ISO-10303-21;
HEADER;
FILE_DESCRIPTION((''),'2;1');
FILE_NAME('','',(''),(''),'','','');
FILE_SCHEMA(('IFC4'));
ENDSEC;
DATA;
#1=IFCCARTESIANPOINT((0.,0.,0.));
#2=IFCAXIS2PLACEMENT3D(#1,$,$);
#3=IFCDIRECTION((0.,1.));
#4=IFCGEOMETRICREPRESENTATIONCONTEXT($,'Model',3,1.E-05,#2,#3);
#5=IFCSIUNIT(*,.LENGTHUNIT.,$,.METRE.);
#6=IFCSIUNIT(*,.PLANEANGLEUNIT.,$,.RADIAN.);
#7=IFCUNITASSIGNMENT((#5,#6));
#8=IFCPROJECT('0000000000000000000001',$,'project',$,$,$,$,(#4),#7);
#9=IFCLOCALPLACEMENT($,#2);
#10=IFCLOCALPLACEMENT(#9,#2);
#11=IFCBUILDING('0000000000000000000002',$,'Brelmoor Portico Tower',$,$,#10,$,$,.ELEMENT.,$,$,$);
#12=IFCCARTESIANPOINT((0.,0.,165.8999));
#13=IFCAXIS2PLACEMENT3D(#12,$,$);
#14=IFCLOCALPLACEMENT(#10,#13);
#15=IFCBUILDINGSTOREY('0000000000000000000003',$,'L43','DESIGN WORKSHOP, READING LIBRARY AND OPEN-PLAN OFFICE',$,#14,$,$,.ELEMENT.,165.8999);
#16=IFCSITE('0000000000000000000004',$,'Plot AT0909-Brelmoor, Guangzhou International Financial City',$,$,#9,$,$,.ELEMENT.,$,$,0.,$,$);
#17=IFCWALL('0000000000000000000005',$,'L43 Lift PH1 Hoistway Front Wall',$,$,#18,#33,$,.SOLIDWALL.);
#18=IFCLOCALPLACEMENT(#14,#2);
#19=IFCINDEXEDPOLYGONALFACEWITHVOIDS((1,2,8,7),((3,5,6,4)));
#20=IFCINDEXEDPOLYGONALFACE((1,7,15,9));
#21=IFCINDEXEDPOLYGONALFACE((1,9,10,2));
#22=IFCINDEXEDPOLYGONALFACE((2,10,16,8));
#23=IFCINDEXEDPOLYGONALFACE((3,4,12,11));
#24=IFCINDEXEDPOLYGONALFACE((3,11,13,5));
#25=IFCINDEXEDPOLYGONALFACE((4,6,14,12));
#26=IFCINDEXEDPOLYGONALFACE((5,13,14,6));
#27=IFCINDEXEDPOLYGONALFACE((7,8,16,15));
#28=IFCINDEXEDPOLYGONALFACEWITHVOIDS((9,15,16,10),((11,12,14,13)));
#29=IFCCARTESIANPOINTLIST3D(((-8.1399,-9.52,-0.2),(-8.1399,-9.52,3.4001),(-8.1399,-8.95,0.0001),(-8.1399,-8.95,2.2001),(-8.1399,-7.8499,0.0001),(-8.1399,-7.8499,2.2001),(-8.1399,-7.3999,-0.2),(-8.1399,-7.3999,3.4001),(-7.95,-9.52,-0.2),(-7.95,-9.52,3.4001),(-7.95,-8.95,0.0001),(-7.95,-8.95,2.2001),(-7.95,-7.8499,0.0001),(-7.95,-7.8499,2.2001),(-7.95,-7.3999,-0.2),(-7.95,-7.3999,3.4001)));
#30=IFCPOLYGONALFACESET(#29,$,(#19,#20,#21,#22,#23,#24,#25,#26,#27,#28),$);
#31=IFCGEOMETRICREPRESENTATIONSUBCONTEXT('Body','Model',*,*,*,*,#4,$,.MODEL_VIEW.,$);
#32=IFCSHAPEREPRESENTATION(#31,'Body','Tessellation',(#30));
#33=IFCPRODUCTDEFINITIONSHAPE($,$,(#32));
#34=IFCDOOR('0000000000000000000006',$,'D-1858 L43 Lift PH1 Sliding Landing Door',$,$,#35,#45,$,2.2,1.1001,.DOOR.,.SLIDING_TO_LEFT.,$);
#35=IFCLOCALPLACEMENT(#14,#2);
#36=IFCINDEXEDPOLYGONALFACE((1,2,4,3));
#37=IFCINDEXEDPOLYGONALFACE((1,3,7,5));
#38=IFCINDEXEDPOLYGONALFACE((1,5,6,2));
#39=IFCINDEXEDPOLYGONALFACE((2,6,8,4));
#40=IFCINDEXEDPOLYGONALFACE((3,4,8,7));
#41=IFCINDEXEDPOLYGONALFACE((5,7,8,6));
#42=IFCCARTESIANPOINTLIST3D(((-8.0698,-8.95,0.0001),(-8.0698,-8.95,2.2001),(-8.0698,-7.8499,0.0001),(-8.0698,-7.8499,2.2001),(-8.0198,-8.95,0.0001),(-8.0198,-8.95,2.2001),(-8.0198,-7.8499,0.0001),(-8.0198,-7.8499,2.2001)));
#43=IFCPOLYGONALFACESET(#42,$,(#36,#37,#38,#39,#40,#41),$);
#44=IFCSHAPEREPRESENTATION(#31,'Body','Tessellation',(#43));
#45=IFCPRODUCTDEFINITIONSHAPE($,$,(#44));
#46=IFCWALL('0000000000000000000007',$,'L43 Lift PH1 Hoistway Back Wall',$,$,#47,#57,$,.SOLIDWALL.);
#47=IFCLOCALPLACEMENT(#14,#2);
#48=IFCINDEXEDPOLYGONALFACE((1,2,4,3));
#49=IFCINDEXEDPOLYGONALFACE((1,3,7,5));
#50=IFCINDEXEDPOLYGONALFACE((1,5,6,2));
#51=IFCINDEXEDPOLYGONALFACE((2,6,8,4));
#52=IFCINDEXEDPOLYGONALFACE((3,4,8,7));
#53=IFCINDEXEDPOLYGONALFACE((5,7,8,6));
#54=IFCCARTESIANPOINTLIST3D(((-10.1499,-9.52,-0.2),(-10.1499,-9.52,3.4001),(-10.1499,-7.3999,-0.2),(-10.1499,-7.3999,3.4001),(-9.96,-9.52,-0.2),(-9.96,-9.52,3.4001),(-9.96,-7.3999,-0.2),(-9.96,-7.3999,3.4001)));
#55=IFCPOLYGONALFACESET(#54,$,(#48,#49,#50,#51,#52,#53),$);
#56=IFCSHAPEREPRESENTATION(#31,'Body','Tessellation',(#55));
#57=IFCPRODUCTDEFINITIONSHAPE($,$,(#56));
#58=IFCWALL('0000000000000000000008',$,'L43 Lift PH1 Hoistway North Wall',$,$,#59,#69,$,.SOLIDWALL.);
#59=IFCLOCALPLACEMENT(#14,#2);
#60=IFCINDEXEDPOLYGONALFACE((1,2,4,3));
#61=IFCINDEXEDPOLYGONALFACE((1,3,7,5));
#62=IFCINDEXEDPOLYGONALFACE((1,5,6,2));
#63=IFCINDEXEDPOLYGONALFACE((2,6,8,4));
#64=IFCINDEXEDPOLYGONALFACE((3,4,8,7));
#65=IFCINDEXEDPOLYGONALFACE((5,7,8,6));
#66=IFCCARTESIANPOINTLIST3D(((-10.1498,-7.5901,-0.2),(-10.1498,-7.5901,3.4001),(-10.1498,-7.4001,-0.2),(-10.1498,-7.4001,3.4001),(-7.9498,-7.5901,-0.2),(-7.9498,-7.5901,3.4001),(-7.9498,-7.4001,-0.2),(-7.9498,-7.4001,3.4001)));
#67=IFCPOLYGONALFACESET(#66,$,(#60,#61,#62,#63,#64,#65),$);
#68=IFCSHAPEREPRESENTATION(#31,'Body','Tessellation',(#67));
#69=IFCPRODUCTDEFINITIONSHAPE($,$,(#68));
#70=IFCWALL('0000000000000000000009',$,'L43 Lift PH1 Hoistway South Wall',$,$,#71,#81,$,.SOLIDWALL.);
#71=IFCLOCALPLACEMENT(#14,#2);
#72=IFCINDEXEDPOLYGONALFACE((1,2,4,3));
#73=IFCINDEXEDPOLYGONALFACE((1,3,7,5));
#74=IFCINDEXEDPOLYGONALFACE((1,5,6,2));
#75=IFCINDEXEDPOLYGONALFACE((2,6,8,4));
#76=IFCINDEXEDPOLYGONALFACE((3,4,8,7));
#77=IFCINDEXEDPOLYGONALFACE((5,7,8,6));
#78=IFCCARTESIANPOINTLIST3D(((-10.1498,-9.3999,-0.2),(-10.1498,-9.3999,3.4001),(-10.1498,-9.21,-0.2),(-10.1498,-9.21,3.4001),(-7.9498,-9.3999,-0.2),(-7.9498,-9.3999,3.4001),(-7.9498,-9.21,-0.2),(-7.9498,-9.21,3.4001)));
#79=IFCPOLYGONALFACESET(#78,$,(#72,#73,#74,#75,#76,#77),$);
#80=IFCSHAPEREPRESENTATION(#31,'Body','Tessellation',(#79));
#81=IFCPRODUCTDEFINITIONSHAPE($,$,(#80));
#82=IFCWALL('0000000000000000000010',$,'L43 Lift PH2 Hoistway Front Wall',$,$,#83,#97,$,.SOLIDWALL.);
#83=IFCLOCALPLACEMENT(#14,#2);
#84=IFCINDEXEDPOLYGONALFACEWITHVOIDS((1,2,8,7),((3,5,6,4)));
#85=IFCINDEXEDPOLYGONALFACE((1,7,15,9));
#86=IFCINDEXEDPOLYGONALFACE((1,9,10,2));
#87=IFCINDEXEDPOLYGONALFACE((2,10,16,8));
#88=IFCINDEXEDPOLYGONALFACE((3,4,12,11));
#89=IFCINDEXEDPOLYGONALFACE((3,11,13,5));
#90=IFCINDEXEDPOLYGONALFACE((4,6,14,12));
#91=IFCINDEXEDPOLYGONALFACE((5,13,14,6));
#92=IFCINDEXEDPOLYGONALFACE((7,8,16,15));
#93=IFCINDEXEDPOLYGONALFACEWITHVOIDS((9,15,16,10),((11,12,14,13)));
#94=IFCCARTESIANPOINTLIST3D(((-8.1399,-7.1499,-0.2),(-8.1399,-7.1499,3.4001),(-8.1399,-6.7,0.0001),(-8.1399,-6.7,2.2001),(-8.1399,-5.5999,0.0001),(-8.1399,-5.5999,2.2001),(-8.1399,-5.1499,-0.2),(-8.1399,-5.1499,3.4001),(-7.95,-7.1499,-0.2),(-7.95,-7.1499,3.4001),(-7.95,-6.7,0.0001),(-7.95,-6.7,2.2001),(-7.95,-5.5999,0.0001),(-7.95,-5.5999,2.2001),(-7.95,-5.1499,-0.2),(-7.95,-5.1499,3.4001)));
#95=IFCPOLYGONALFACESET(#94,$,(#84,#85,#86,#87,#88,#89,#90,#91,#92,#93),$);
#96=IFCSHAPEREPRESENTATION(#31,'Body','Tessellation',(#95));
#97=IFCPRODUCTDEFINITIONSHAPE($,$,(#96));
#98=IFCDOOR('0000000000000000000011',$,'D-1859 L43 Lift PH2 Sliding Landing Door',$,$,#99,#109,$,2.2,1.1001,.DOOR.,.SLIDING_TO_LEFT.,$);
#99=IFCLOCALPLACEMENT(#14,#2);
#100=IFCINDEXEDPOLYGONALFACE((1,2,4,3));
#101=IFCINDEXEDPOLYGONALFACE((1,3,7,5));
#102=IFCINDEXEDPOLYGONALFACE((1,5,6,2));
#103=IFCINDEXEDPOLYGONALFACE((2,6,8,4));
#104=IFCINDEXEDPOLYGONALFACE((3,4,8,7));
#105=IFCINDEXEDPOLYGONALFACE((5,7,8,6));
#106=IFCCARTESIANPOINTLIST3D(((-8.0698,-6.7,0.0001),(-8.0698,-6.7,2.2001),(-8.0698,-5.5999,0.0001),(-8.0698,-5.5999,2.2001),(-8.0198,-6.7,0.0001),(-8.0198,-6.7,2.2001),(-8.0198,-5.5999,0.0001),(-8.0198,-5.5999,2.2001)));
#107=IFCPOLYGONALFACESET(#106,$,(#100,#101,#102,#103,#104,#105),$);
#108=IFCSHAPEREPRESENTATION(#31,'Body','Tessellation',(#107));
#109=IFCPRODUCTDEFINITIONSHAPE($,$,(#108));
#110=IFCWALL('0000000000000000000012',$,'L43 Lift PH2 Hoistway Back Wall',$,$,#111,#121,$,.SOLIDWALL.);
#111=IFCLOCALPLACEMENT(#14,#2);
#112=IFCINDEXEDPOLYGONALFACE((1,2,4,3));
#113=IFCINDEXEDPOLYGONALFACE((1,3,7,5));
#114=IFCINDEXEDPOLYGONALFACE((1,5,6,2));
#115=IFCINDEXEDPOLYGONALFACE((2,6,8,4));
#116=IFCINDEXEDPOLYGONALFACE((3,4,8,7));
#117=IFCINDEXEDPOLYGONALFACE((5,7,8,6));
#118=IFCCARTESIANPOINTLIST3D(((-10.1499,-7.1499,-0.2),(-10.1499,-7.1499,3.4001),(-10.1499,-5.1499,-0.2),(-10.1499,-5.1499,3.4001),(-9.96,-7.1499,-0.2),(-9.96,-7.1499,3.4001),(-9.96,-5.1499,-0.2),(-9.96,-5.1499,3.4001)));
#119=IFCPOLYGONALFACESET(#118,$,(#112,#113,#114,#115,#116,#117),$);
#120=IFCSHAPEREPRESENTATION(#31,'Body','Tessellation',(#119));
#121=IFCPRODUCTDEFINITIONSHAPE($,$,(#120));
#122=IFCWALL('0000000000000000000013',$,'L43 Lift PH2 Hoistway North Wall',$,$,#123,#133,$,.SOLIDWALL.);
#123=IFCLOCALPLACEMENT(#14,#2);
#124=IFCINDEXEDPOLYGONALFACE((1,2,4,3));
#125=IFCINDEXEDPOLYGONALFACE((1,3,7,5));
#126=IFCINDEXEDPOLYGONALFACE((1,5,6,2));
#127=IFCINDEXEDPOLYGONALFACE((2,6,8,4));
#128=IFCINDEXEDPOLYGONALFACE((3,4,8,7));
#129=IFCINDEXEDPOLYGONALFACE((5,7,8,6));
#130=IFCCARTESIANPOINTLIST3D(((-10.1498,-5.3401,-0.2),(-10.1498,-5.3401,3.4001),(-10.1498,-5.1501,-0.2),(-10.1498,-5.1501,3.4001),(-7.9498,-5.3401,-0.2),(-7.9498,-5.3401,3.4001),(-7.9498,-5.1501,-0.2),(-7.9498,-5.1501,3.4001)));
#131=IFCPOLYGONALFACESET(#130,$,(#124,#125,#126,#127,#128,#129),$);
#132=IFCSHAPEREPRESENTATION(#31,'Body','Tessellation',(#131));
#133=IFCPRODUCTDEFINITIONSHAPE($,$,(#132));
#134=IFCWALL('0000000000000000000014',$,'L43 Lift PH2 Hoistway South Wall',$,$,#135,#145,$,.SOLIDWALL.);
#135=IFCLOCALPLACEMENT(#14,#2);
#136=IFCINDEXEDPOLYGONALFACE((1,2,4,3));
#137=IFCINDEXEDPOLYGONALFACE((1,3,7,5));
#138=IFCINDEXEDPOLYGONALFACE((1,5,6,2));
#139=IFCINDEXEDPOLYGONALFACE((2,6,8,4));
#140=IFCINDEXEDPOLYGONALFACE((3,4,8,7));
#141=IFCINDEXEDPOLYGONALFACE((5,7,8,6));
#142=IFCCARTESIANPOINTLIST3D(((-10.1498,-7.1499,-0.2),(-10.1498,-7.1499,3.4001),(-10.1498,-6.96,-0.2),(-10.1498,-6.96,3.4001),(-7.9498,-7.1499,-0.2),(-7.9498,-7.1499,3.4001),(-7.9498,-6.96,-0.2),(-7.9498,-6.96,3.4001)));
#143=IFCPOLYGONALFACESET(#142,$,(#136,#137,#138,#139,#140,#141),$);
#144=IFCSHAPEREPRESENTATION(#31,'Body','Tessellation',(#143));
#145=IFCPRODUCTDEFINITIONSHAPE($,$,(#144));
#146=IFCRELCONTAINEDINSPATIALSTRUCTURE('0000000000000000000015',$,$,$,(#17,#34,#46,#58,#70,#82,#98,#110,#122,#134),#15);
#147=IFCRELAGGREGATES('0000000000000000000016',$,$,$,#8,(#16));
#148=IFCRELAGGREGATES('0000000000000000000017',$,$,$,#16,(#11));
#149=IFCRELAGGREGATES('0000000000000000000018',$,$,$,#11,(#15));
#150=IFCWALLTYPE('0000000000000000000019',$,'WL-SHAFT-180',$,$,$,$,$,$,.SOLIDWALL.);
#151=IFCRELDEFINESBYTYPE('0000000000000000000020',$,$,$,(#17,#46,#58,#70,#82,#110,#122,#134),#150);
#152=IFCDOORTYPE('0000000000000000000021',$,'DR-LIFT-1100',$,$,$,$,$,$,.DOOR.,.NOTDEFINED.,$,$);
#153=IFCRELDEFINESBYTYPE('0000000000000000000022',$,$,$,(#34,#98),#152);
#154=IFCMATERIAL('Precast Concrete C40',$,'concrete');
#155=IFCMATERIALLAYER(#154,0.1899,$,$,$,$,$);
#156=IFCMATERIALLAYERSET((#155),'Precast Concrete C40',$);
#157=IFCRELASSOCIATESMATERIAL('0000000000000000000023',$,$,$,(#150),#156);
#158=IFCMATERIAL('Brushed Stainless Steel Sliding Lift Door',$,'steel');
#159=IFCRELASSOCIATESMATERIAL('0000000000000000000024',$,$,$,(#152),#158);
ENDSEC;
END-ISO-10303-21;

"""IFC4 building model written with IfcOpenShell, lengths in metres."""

from ifc_helpers import new_model, si_unit, direction, frame, frame_2d, origin, place, context, subcontext, project, spatial, rectangle, extrude, material, layer, layer_set, type_object, element, fill, save


model = new_model("IFC4")

# Units and contexts
model_context = context("Model", 3, precision=1e-05, world=origin(), true_north=direction((0.0, 1.0)))
body_context = subcontext(model_context, "Body", "Model", "MODEL_VIEW")
ifc_project = project(units=[si_unit("LENGTHUNIT", "METRE"), si_unit("PLANEANGLEUNIT", "RADIAN")], contexts=[model_context])

# Site, building, storey
site_placement = place(None, origin())
site = spatial("IfcSite", under=ifc_project, at=site_placement, Name="Plot AT0909-Brelmoor, Guangzhou International Financial City", CompositionType="ELEMENT", RefElevation=0.0)
building_placement = place(site_placement, origin())
building = spatial("IfcBuilding", under=site, at=building_placement, Name="Brelmoor Portico Tower", CompositionType="ELEMENT")
storey_placement = place(building_placement, frame((0.0, 0.0, 165.8999)))
storey = spatial("IfcBuildingStorey", under=building, at=storey_placement, Name="L43", Description="DESIGN WORKSHOP, READING LIBRARY AND OPEN-PLAN OFFICE", CompositionType="ELEMENT", Elevation=165.8999)

# Wall, opening, door
ifc_material_1 = material(Name="Precast Concrete C40", Category="concrete")
ifc_layer_1 = layer(ifc_material_1, 0.1899)
ifc_layer_set_1 = layer_set([ifc_layer_1], Name="Precast Concrete C40")
wall_type_1 = type_object("IfcWallType", Name="WL-SHAFT-180", PredefinedType="SOLIDWALL", material=ifc_layer_set_1)
wall_1_placement = place(storey_placement, frame((-8.0449, -9.52, -0.2), z_axis=(0.0, 0.0, 1.0), x_axis=(0.0, 1.0, 0.0)))
wall_1 = element("IfcWall", 1, at=wall_1_placement, inside=storey, type_object=wall_type_1, Name="L43 Lift PH1 Hoistway Front Wall", PredefinedType="SOLIDWALL", context=body_context, shape_type="SweptSolid", body=[
    extrude(rectangle(XDim=2.1201, YDim=0.1899, at=frame_2d((1.0601, 0.0))), origin(), (0.0, 0.0, 1.0), 3.6001),
])
opening_1_placement = place(wall_1_placement, frame((0.5701, 0.0, 0.2)))
opening_1 = element("IfcOpeningElement", 2, at=opening_1_placement, cuts=wall_1, PredefinedType="OPENING", context=body_context, shape_type="SweptSolid", body=[
    extrude(rectangle(XDim=1.1001, YDim=2.2, at=frame_2d((0.55, 1.1001))), frame((0.0, 0.105, 0.0), z_axis=(0.0, -1.0, 0.0), x_axis=(1.0, 0.0, 0.0)), (0.0, 0.0, 1.0), 0.21),
])
ifc_material_2 = material(Name="Brushed Stainless Steel Sliding Lift Door", Category="steel")
door_type_1 = type_object("IfcDoorType", Name="DR-LIFT-1100", OperationType="NOTDEFINED", PredefinedType="DOOR", material=ifc_material_2)
door_1_placement = place(opening_1_placement, origin())
door_1 = element("IfcDoor", 3, at=door_1_placement, inside=storey, type_object=door_type_1, Name="D-1858 L43 Lift PH1 Sliding Landing Door", OperationType="SLIDING_TO_LEFT", OverallHeight=2.2, OverallWidth=1.1001, PredefinedType="DOOR", context=body_context, shape_type="SweptSolid", body=[
    extrude(rectangle(XDim=1.1001, YDim=2.2, at=frame_2d((0.55, 1.1001))), frame((0.0, 0.0249, 0.0), z_axis=(0.0, -1.0, 0.0), x_axis=(1.0, 0.0, 0.0)), (0.0, 0.0, 1.0), 0.05),
])
fill(opening_1, door_1)

# Walls
wall_2_placement = place(storey_placement, frame((-10.0549, -9.52, -0.2), z_axis=(0.0, 0.0, 1.0), x_axis=(0.0, 1.0, 0.0)))
element("IfcWall", 4, at=wall_2_placement, inside=storey, type_object=wall_type_1, Name="L43 Lift PH1 Hoistway Back Wall", PredefinedType="SOLIDWALL", context=body_context, shape_type="SweptSolid", body=[
    extrude(rectangle(XDim=2.1201, YDim=0.1899, at=frame_2d((1.0601, 0.0))), origin(), (0.0, 0.0, 1.0), 3.6001),
])
for number, where, z_axis, x_axis, name in (
    (5, (-10.1499, -7.4951, -0.2), (0.0, 0.0, 1.0), (1.0, 0.0, 0.0), "L43 Lift PH1 Hoistway North Wall"),
    (6, (-10.1499, -9.3049, -0.2), (0.0, 0.0, 1.0), (1.0, 0.0, 0.0), "L43 Lift PH1 Hoistway South Wall"),
):
    element("IfcWall", number, at=place(storey_placement, frame(where, z_axis=z_axis, x_axis=x_axis)), inside=storey, type_object=wall_type_1, Name=name, PredefinedType="SOLIDWALL", context=body_context, shape_type="SweptSolid", body=[
        extrude(rectangle(XDim=2.2, YDim=0.1899, at=frame_2d((1.1001, 0.0))), origin(), (0.0, 0.0, 1.0), 3.6001),
    ])

# Wall, opening, door
wall_3_placement = place(storey_placement, frame((-8.0449, -7.1499, -0.2), z_axis=(0.0, 0.0, 1.0), x_axis=(0.0, 1.0, 0.0)))
wall_3 = element("IfcWall", 7, at=wall_3_placement, inside=storey, type_object=wall_type_1, Name="L43 Lift PH2 Hoistway Front Wall", PredefinedType="SOLIDWALL", context=body_context, shape_type="SweptSolid", body=[
    extrude(rectangle(XDim=2.0, YDim=0.1899, at=frame_2d((1.0, 0.0))), origin(), (0.0, 0.0, 1.0), 3.6001),
])
opening_2_placement = place(wall_3_placement, frame((0.45, 0.0, 0.2)))
opening_2 = element("IfcOpeningElement", 8, at=opening_2_placement, cuts=wall_3, PredefinedType="OPENING", context=body_context, shape_type="SweptSolid", body=[
    extrude(rectangle(XDim=1.1001, YDim=2.2, at=frame_2d((0.55, 1.1001))), frame((0.0, 0.105, 0.0), z_axis=(0.0, -1.0, 0.0), x_axis=(1.0, 0.0, 0.0)), (0.0, 0.0, 1.0), 0.21),
])
door_2_placement = place(opening_2_placement, origin())
door_2 = element("IfcDoor", 9, at=door_2_placement, inside=storey, type_object=door_type_1, Name="D-1859 L43 Lift PH2 Sliding Landing Door", OperationType="SLIDING_TO_LEFT", OverallHeight=2.2, OverallWidth=1.1001, PredefinedType="DOOR", context=body_context, shape_type="SweptSolid", body=[
    extrude(rectangle(XDim=1.1001, YDim=2.2, at=frame_2d((0.55, 1.1001))), frame((0.0, 0.0249, 0.0), z_axis=(0.0, -1.0, 0.0), x_axis=(1.0, 0.0, 0.0)), (0.0, 0.0, 1.0), 0.05),
])
fill(opening_2, door_2)

# Walls
wall_4_placement = place(storey_placement, frame((-10.0549, -7.1499, -0.2), z_axis=(0.0, 0.0, 1.0), x_axis=(0.0, 1.0, 0.0)))
element("IfcWall", 10, at=wall_4_placement, inside=storey, type_object=wall_type_1, Name="L43 Lift PH2 Hoistway Back Wall", PredefinedType="SOLIDWALL", context=body_context, shape_type="SweptSolid", body=[
    extrude(rectangle(XDim=2.0, YDim=0.1899, at=frame_2d((1.0, 0.0))), origin(), (0.0, 0.0, 1.0), 3.6001),
])
for number, where, z_axis, x_axis, name in (
    (11, (-10.1499, -5.2451, -0.2), (0.0, 0.0, 1.0), (1.0, 0.0, 0.0), "L43 Lift PH2 Hoistway North Wall"),
    (12, (-10.1499, -7.0549, -0.2), (0.0, 0.0, 1.0), (1.0, 0.0, 0.0), "L43 Lift PH2 Hoistway South Wall"),
):
    element("IfcWall", number, at=place(storey_placement, frame(where, z_axis=z_axis, x_axis=x_axis)), inside=storey, type_object=wall_type_1, Name=name, PredefinedType="SOLIDWALL", context=body_context, shape_type="SweptSolid", body=[
        extrude(rectangle(XDim=2.2, YDim=0.1899, at=frame_2d((1.1001, 0.0))), origin(), (0.0, 0.0, 1.0), 3.6001),
    ])

save(model, "model.ifc")
